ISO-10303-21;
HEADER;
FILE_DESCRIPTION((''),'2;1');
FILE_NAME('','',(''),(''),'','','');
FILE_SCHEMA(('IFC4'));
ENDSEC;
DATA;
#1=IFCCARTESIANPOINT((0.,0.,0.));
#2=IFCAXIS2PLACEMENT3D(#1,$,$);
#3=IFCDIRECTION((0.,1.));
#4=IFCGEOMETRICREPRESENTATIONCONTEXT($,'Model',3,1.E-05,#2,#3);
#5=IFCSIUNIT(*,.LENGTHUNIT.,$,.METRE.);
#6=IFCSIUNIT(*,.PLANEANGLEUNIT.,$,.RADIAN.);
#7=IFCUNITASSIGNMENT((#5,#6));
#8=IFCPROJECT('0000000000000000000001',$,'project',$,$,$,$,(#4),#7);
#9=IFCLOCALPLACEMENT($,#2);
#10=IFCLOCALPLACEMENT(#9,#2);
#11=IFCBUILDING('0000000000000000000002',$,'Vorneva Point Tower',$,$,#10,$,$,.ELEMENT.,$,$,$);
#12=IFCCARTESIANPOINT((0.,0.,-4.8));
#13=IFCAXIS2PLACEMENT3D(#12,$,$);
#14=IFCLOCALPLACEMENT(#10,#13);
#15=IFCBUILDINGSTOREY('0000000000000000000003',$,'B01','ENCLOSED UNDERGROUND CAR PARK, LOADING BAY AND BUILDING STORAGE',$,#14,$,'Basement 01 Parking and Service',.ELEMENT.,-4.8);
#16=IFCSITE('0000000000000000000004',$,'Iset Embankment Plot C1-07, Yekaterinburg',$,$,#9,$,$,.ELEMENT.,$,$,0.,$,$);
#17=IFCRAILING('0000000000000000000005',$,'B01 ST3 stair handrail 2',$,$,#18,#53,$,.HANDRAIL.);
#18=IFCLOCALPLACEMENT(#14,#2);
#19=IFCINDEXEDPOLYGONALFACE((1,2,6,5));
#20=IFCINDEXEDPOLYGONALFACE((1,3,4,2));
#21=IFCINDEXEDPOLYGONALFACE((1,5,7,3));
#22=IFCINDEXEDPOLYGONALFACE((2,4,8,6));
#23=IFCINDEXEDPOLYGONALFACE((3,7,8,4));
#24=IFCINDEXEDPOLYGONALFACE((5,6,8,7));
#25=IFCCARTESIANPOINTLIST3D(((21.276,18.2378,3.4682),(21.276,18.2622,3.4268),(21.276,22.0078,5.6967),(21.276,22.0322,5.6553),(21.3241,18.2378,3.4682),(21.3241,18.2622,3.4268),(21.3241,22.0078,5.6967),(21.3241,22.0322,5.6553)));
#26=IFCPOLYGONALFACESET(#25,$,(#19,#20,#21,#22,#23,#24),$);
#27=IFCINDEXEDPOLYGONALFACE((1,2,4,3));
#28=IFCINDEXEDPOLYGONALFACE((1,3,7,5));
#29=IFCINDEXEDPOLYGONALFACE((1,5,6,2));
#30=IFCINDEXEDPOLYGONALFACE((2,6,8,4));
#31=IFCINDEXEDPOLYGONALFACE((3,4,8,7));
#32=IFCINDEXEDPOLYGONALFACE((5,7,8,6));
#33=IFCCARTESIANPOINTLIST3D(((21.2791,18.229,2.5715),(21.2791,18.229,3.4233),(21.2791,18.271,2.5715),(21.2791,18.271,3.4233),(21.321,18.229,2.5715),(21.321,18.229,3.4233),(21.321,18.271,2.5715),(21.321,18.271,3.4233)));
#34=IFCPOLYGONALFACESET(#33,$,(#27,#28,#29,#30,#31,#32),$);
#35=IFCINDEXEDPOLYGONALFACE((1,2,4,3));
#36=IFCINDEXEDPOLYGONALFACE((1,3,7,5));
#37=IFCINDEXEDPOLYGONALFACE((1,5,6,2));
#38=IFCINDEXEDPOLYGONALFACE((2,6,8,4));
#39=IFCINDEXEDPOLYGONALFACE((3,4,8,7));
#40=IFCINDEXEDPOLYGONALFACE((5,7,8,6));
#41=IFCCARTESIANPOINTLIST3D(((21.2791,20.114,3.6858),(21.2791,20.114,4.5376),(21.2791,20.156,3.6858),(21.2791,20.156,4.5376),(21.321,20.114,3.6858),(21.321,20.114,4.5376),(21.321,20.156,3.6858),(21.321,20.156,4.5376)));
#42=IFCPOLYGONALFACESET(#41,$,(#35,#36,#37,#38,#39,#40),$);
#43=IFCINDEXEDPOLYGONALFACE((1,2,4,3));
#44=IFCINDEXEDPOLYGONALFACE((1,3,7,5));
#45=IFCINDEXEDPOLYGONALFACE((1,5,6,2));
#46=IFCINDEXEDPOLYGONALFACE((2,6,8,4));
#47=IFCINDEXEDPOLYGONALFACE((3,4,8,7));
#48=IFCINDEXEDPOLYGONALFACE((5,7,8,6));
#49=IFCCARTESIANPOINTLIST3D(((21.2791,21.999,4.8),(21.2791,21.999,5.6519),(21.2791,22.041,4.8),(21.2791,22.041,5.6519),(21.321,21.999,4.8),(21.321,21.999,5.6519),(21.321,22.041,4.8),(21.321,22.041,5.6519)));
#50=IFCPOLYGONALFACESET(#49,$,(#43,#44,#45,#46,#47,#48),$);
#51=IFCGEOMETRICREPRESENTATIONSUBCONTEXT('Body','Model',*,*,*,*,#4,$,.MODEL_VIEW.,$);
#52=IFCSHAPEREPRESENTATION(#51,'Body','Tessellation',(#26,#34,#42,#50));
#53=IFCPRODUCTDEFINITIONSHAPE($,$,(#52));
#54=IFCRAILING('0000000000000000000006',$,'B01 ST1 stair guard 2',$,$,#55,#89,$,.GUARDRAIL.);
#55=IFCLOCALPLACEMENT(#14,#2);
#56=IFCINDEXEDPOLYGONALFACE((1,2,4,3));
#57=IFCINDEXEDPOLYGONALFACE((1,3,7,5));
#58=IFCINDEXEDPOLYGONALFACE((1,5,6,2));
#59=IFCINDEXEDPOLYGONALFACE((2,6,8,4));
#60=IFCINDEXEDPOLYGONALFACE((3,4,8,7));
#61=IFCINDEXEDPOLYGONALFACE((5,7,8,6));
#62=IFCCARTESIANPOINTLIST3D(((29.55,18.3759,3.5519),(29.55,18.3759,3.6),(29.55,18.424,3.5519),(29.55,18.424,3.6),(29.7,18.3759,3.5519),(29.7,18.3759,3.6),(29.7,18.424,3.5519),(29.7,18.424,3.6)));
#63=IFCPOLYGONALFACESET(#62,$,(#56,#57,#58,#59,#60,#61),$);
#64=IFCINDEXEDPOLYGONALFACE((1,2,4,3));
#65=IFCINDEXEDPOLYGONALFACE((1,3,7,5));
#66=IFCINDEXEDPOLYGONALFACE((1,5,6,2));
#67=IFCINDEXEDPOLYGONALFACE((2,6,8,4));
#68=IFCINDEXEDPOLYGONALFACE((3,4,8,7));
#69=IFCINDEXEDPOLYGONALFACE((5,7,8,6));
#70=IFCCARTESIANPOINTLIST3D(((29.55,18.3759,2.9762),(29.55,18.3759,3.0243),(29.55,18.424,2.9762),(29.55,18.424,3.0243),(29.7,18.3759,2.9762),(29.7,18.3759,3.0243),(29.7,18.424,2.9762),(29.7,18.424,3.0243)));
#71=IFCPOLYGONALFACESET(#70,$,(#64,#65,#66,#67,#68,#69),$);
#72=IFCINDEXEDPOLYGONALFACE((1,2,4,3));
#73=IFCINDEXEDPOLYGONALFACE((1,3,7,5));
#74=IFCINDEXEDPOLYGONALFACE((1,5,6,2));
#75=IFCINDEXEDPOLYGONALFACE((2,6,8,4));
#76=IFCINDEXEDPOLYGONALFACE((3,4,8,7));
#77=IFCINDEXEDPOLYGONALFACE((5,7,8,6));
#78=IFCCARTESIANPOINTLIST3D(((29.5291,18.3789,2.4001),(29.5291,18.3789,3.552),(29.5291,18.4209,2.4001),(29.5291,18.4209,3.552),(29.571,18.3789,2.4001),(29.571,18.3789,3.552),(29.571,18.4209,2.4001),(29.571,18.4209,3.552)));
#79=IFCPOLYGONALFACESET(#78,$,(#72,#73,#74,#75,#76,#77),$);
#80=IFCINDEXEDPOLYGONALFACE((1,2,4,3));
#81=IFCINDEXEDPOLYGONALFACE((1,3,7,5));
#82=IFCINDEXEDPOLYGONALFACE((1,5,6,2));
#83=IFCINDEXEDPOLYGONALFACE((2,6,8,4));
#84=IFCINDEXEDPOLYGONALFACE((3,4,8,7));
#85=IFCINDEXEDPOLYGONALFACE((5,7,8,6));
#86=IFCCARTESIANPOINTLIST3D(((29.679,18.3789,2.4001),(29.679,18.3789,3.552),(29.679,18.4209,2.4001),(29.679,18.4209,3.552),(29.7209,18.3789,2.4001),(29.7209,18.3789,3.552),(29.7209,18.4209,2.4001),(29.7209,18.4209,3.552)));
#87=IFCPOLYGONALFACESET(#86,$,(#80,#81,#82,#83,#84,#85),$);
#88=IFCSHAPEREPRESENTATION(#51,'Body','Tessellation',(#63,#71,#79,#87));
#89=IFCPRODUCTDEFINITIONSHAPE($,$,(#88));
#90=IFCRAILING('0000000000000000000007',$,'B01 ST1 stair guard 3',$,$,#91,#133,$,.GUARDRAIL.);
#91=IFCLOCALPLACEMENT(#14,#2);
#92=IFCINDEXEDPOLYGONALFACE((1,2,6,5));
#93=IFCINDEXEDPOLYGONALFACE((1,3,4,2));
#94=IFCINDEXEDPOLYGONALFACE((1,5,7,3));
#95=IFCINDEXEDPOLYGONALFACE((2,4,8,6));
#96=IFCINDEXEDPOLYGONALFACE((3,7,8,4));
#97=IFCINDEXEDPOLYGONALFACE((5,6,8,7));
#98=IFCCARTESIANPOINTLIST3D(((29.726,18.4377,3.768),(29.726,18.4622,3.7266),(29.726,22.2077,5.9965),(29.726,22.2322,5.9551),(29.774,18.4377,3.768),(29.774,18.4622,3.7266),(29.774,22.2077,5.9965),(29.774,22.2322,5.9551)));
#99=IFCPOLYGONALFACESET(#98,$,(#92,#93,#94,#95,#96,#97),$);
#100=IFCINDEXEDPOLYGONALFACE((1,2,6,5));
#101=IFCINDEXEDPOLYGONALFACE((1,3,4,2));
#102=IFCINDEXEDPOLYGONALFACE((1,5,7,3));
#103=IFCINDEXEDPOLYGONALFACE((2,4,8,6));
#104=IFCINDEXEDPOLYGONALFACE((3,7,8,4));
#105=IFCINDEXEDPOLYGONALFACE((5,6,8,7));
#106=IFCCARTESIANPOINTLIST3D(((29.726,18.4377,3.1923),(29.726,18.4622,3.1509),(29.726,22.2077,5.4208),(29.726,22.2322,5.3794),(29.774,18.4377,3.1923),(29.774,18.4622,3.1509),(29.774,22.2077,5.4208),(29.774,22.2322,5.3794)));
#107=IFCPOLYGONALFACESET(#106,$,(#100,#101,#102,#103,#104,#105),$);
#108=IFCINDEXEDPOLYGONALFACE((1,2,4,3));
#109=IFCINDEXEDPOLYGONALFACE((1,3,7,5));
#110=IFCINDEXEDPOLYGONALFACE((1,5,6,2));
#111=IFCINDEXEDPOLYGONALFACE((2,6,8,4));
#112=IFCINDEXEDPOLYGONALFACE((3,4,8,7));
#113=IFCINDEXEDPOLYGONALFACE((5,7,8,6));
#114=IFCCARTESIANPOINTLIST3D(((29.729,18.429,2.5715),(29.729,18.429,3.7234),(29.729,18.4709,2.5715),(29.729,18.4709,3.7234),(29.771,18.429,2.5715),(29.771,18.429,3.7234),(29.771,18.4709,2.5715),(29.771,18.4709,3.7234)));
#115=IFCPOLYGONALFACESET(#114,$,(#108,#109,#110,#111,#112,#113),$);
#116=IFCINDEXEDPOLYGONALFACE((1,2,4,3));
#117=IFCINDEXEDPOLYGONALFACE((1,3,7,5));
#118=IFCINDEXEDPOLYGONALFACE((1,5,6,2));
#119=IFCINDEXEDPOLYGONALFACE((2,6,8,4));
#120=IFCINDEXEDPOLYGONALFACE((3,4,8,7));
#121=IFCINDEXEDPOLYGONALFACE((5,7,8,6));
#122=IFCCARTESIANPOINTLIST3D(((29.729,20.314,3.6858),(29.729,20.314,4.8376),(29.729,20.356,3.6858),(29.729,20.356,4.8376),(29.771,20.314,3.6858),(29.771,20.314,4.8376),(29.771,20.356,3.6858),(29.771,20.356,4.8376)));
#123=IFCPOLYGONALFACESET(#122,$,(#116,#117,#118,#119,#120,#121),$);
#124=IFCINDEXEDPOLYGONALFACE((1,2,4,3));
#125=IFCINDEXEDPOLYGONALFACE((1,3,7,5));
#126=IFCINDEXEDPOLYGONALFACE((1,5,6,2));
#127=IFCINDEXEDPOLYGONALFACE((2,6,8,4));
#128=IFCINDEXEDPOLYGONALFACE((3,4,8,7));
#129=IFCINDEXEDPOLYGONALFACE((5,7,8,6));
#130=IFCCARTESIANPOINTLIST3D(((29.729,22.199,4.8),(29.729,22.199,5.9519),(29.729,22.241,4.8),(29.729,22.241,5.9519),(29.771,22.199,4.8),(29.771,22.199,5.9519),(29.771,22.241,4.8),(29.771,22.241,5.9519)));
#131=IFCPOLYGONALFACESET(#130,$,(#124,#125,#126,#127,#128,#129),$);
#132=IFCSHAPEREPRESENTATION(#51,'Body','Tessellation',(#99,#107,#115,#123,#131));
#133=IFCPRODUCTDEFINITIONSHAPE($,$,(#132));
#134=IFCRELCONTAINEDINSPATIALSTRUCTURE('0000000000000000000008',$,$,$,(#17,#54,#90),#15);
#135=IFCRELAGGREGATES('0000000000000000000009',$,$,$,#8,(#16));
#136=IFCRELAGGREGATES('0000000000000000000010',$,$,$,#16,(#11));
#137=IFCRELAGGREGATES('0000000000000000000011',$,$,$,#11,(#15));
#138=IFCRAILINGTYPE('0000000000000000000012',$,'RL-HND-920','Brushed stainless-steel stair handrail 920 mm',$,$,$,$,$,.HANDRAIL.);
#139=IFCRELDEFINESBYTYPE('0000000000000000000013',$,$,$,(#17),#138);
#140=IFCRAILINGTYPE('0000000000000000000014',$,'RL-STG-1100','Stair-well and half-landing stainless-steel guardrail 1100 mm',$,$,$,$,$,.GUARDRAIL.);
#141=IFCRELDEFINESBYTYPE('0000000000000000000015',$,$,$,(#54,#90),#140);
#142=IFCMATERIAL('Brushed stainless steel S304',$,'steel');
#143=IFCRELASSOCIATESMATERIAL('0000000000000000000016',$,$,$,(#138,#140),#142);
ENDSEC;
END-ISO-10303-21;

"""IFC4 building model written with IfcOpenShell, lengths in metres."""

from ifc_helpers import new_model, si_unit, direction, frame, origin, origin_2d, place, context, subcontext, project, spatial, rectangle, extrude, material, type_object, element, save


model = new_model("IFC4")

# Units and contexts
model_context = context("Model", 3, precision=1e-05, world=origin(), true_north=direction((0.0, 1.0)))
body_context = subcontext(model_context, "Body", "Model", "MODEL_VIEW")
ifc_project = project(units=[si_unit("LENGTHUNIT", "METRE"), si_unit("PLANEANGLEUNIT", "RADIAN")], contexts=[model_context])

# Site, building, storey
site_placement = place(None, origin())
site = spatial("IfcSite", under=ifc_project, at=site_placement, Name="Iset Embankment Plot C1-07, Yekaterinburg", CompositionType="ELEMENT", RefElevation=0.0)
building_placement = place(site_placement, origin())
building = spatial("IfcBuilding", under=site, at=building_placement, Name="Vorneva Point Tower", CompositionType="ELEMENT")
storey_placement = place(building_placement, frame((0.0, 0.0, -4.8)))
storey = spatial("IfcBuildingStorey", under=building, at=storey_placement, Name="B01", Description="ENCLOSED UNDERGROUND CAR PARK, LOADING BAY AND BUILDING STORAGE", LongName="Basement 01 Parking and Service", CompositionType="ELEMENT", Elevation=-4.8)

# Railings
ifc_material_1 = material(Name="Brushed stainless steel S304", Category="steel")
railing_type_1 = type_object("IfcRailingType", Name="RL-HND-920", Description="Brushed stainless-steel stair handrail 920 mm", PredefinedType="HANDRAIL", material=ifc_material_1)
for number, where, name in (
    (1, (21.3, 18.25, 2.5715), "B01 ST3 stair handrail 2"),
):
    element("IfcRailing", number, at=place(storey_placement, frame(where)), inside=storey, type_object=railing_type_1, Name=name, PredefinedType="HANDRAIL", context=body_context, shape_type="SweptSolid", body=[
        extrude(rectangle(XDim=0.0481, YDim=0.0481, at=origin_2d()), frame((0.0, 0.0, 0.876), z_axis=(0.0, 0.860849, 0.508861), x_axis=(-1.0, 0.0, 0.0)), (0.0, 0.0, 1.0), 4.3794),
        extrude(rectangle(XDim=0.042, YDim=0.042, at=origin_2d()), origin(), (0.0, 0.0, 1.0), 0.8518),
        extrude(rectangle(XDim=0.042, YDim=0.042, at=origin_2d()), frame((0.0, 1.885, 1.1143)), (0.0, 0.0, 1.0), 0.8518),
        extrude(rectangle(XDim=0.042, YDim=0.042, at=origin_2d()), frame((0.0, 3.77, 2.2285)), (0.0, 0.0, 1.0), 0.8518),
    ])
railing_type_2 = type_object("IfcRailingType", Name="RL-STG-1100", Description="Stair-well and half-landing stainless-steel guardrail 1100 mm", PredefinedType="GUARDRAIL", material=ifc_material_1)
railing_1_placement = place(storey_placement, frame((29.55, 18.3999, 2.4001)))
element("IfcRailing", 2, at=railing_1_placement, inside=storey, type_object=railing_type_2, Name="B01 ST1 stair guard 2", PredefinedType="GUARDRAIL", context=body_context, shape_type="SweptSolid", body=[
    extrude(rectangle(XDim=0.0481, YDim=0.0481, at=origin_2d()), frame((0.0, 0.0, 1.1758), z_axis=(1.0, 0.0, 0.0), x_axis=(0.0, 1.0, 0.0)), (0.0, 0.0, 1.0), 0.1499),
    extrude(rectangle(XDim=0.0481, YDim=0.0481, at=origin_2d()), frame((0.0, 0.0, 0.6001), z_axis=(1.0, 0.0, 0.0), x_axis=(0.0, 1.0, 0.0)), (0.0, 0.0, 1.0), 0.1499),
    extrude(rectangle(XDim=0.042, YDim=0.042, at=origin_2d()), origin(), (0.0, 0.0, 1.0), 1.1519),
    extrude(rectangle(XDim=0.042, YDim=0.042, at=origin_2d()), frame((0.1499, 0.0, 0.0)), (0.0, 0.0, 1.0), 1.1519),
])
railing_2_placement = place(storey_placement, frame((29.75, 18.45, 2.5715)))
element("IfcRailing", 3, at=railing_2_placement, inside=storey, type_object=railing_type_2, Name="B01 ST1 stair guard 3", PredefinedType="GUARDRAIL", context=body_context, shape_type="SweptSolid", body=[
    extrude(rectangle(XDim=0.0481, YDim=0.0481, at=origin_2d()), frame((0.0, 0.0, 1.1758), z_axis=(0.0, 0.860849, 0.508861), x_axis=(-1.0, 0.0, 0.0)), (0.0, 0.0, 1.0), 4.3794),
    extrude(rectangle(XDim=0.0481, YDim=0.0481, at=origin_2d()), frame((0.0, 0.0, 0.6001), z_axis=(0.0, 0.860849, 0.508861), x_axis=(-1.0, 0.0, 0.0)), (0.0, 0.0, 1.0), 4.3794),
    extrude(rectangle(XDim=0.042, YDim=0.042, at=origin_2d()), origin(), (0.0, 0.0, 1.0), 1.1519),
    extrude(rectangle(XDim=0.042, YDim=0.042, at=origin_2d()), frame((0.0, 1.885, 1.1143)), (0.0, 0.0, 1.0), 1.1519),
    extrude(rectangle(XDim=0.042, YDim=0.042, at=origin_2d()), frame((0.0, 3.77, 2.2285)), (0.0, 0.0, 1.0), 1.1519),
])

save(model, "model.ifc")
